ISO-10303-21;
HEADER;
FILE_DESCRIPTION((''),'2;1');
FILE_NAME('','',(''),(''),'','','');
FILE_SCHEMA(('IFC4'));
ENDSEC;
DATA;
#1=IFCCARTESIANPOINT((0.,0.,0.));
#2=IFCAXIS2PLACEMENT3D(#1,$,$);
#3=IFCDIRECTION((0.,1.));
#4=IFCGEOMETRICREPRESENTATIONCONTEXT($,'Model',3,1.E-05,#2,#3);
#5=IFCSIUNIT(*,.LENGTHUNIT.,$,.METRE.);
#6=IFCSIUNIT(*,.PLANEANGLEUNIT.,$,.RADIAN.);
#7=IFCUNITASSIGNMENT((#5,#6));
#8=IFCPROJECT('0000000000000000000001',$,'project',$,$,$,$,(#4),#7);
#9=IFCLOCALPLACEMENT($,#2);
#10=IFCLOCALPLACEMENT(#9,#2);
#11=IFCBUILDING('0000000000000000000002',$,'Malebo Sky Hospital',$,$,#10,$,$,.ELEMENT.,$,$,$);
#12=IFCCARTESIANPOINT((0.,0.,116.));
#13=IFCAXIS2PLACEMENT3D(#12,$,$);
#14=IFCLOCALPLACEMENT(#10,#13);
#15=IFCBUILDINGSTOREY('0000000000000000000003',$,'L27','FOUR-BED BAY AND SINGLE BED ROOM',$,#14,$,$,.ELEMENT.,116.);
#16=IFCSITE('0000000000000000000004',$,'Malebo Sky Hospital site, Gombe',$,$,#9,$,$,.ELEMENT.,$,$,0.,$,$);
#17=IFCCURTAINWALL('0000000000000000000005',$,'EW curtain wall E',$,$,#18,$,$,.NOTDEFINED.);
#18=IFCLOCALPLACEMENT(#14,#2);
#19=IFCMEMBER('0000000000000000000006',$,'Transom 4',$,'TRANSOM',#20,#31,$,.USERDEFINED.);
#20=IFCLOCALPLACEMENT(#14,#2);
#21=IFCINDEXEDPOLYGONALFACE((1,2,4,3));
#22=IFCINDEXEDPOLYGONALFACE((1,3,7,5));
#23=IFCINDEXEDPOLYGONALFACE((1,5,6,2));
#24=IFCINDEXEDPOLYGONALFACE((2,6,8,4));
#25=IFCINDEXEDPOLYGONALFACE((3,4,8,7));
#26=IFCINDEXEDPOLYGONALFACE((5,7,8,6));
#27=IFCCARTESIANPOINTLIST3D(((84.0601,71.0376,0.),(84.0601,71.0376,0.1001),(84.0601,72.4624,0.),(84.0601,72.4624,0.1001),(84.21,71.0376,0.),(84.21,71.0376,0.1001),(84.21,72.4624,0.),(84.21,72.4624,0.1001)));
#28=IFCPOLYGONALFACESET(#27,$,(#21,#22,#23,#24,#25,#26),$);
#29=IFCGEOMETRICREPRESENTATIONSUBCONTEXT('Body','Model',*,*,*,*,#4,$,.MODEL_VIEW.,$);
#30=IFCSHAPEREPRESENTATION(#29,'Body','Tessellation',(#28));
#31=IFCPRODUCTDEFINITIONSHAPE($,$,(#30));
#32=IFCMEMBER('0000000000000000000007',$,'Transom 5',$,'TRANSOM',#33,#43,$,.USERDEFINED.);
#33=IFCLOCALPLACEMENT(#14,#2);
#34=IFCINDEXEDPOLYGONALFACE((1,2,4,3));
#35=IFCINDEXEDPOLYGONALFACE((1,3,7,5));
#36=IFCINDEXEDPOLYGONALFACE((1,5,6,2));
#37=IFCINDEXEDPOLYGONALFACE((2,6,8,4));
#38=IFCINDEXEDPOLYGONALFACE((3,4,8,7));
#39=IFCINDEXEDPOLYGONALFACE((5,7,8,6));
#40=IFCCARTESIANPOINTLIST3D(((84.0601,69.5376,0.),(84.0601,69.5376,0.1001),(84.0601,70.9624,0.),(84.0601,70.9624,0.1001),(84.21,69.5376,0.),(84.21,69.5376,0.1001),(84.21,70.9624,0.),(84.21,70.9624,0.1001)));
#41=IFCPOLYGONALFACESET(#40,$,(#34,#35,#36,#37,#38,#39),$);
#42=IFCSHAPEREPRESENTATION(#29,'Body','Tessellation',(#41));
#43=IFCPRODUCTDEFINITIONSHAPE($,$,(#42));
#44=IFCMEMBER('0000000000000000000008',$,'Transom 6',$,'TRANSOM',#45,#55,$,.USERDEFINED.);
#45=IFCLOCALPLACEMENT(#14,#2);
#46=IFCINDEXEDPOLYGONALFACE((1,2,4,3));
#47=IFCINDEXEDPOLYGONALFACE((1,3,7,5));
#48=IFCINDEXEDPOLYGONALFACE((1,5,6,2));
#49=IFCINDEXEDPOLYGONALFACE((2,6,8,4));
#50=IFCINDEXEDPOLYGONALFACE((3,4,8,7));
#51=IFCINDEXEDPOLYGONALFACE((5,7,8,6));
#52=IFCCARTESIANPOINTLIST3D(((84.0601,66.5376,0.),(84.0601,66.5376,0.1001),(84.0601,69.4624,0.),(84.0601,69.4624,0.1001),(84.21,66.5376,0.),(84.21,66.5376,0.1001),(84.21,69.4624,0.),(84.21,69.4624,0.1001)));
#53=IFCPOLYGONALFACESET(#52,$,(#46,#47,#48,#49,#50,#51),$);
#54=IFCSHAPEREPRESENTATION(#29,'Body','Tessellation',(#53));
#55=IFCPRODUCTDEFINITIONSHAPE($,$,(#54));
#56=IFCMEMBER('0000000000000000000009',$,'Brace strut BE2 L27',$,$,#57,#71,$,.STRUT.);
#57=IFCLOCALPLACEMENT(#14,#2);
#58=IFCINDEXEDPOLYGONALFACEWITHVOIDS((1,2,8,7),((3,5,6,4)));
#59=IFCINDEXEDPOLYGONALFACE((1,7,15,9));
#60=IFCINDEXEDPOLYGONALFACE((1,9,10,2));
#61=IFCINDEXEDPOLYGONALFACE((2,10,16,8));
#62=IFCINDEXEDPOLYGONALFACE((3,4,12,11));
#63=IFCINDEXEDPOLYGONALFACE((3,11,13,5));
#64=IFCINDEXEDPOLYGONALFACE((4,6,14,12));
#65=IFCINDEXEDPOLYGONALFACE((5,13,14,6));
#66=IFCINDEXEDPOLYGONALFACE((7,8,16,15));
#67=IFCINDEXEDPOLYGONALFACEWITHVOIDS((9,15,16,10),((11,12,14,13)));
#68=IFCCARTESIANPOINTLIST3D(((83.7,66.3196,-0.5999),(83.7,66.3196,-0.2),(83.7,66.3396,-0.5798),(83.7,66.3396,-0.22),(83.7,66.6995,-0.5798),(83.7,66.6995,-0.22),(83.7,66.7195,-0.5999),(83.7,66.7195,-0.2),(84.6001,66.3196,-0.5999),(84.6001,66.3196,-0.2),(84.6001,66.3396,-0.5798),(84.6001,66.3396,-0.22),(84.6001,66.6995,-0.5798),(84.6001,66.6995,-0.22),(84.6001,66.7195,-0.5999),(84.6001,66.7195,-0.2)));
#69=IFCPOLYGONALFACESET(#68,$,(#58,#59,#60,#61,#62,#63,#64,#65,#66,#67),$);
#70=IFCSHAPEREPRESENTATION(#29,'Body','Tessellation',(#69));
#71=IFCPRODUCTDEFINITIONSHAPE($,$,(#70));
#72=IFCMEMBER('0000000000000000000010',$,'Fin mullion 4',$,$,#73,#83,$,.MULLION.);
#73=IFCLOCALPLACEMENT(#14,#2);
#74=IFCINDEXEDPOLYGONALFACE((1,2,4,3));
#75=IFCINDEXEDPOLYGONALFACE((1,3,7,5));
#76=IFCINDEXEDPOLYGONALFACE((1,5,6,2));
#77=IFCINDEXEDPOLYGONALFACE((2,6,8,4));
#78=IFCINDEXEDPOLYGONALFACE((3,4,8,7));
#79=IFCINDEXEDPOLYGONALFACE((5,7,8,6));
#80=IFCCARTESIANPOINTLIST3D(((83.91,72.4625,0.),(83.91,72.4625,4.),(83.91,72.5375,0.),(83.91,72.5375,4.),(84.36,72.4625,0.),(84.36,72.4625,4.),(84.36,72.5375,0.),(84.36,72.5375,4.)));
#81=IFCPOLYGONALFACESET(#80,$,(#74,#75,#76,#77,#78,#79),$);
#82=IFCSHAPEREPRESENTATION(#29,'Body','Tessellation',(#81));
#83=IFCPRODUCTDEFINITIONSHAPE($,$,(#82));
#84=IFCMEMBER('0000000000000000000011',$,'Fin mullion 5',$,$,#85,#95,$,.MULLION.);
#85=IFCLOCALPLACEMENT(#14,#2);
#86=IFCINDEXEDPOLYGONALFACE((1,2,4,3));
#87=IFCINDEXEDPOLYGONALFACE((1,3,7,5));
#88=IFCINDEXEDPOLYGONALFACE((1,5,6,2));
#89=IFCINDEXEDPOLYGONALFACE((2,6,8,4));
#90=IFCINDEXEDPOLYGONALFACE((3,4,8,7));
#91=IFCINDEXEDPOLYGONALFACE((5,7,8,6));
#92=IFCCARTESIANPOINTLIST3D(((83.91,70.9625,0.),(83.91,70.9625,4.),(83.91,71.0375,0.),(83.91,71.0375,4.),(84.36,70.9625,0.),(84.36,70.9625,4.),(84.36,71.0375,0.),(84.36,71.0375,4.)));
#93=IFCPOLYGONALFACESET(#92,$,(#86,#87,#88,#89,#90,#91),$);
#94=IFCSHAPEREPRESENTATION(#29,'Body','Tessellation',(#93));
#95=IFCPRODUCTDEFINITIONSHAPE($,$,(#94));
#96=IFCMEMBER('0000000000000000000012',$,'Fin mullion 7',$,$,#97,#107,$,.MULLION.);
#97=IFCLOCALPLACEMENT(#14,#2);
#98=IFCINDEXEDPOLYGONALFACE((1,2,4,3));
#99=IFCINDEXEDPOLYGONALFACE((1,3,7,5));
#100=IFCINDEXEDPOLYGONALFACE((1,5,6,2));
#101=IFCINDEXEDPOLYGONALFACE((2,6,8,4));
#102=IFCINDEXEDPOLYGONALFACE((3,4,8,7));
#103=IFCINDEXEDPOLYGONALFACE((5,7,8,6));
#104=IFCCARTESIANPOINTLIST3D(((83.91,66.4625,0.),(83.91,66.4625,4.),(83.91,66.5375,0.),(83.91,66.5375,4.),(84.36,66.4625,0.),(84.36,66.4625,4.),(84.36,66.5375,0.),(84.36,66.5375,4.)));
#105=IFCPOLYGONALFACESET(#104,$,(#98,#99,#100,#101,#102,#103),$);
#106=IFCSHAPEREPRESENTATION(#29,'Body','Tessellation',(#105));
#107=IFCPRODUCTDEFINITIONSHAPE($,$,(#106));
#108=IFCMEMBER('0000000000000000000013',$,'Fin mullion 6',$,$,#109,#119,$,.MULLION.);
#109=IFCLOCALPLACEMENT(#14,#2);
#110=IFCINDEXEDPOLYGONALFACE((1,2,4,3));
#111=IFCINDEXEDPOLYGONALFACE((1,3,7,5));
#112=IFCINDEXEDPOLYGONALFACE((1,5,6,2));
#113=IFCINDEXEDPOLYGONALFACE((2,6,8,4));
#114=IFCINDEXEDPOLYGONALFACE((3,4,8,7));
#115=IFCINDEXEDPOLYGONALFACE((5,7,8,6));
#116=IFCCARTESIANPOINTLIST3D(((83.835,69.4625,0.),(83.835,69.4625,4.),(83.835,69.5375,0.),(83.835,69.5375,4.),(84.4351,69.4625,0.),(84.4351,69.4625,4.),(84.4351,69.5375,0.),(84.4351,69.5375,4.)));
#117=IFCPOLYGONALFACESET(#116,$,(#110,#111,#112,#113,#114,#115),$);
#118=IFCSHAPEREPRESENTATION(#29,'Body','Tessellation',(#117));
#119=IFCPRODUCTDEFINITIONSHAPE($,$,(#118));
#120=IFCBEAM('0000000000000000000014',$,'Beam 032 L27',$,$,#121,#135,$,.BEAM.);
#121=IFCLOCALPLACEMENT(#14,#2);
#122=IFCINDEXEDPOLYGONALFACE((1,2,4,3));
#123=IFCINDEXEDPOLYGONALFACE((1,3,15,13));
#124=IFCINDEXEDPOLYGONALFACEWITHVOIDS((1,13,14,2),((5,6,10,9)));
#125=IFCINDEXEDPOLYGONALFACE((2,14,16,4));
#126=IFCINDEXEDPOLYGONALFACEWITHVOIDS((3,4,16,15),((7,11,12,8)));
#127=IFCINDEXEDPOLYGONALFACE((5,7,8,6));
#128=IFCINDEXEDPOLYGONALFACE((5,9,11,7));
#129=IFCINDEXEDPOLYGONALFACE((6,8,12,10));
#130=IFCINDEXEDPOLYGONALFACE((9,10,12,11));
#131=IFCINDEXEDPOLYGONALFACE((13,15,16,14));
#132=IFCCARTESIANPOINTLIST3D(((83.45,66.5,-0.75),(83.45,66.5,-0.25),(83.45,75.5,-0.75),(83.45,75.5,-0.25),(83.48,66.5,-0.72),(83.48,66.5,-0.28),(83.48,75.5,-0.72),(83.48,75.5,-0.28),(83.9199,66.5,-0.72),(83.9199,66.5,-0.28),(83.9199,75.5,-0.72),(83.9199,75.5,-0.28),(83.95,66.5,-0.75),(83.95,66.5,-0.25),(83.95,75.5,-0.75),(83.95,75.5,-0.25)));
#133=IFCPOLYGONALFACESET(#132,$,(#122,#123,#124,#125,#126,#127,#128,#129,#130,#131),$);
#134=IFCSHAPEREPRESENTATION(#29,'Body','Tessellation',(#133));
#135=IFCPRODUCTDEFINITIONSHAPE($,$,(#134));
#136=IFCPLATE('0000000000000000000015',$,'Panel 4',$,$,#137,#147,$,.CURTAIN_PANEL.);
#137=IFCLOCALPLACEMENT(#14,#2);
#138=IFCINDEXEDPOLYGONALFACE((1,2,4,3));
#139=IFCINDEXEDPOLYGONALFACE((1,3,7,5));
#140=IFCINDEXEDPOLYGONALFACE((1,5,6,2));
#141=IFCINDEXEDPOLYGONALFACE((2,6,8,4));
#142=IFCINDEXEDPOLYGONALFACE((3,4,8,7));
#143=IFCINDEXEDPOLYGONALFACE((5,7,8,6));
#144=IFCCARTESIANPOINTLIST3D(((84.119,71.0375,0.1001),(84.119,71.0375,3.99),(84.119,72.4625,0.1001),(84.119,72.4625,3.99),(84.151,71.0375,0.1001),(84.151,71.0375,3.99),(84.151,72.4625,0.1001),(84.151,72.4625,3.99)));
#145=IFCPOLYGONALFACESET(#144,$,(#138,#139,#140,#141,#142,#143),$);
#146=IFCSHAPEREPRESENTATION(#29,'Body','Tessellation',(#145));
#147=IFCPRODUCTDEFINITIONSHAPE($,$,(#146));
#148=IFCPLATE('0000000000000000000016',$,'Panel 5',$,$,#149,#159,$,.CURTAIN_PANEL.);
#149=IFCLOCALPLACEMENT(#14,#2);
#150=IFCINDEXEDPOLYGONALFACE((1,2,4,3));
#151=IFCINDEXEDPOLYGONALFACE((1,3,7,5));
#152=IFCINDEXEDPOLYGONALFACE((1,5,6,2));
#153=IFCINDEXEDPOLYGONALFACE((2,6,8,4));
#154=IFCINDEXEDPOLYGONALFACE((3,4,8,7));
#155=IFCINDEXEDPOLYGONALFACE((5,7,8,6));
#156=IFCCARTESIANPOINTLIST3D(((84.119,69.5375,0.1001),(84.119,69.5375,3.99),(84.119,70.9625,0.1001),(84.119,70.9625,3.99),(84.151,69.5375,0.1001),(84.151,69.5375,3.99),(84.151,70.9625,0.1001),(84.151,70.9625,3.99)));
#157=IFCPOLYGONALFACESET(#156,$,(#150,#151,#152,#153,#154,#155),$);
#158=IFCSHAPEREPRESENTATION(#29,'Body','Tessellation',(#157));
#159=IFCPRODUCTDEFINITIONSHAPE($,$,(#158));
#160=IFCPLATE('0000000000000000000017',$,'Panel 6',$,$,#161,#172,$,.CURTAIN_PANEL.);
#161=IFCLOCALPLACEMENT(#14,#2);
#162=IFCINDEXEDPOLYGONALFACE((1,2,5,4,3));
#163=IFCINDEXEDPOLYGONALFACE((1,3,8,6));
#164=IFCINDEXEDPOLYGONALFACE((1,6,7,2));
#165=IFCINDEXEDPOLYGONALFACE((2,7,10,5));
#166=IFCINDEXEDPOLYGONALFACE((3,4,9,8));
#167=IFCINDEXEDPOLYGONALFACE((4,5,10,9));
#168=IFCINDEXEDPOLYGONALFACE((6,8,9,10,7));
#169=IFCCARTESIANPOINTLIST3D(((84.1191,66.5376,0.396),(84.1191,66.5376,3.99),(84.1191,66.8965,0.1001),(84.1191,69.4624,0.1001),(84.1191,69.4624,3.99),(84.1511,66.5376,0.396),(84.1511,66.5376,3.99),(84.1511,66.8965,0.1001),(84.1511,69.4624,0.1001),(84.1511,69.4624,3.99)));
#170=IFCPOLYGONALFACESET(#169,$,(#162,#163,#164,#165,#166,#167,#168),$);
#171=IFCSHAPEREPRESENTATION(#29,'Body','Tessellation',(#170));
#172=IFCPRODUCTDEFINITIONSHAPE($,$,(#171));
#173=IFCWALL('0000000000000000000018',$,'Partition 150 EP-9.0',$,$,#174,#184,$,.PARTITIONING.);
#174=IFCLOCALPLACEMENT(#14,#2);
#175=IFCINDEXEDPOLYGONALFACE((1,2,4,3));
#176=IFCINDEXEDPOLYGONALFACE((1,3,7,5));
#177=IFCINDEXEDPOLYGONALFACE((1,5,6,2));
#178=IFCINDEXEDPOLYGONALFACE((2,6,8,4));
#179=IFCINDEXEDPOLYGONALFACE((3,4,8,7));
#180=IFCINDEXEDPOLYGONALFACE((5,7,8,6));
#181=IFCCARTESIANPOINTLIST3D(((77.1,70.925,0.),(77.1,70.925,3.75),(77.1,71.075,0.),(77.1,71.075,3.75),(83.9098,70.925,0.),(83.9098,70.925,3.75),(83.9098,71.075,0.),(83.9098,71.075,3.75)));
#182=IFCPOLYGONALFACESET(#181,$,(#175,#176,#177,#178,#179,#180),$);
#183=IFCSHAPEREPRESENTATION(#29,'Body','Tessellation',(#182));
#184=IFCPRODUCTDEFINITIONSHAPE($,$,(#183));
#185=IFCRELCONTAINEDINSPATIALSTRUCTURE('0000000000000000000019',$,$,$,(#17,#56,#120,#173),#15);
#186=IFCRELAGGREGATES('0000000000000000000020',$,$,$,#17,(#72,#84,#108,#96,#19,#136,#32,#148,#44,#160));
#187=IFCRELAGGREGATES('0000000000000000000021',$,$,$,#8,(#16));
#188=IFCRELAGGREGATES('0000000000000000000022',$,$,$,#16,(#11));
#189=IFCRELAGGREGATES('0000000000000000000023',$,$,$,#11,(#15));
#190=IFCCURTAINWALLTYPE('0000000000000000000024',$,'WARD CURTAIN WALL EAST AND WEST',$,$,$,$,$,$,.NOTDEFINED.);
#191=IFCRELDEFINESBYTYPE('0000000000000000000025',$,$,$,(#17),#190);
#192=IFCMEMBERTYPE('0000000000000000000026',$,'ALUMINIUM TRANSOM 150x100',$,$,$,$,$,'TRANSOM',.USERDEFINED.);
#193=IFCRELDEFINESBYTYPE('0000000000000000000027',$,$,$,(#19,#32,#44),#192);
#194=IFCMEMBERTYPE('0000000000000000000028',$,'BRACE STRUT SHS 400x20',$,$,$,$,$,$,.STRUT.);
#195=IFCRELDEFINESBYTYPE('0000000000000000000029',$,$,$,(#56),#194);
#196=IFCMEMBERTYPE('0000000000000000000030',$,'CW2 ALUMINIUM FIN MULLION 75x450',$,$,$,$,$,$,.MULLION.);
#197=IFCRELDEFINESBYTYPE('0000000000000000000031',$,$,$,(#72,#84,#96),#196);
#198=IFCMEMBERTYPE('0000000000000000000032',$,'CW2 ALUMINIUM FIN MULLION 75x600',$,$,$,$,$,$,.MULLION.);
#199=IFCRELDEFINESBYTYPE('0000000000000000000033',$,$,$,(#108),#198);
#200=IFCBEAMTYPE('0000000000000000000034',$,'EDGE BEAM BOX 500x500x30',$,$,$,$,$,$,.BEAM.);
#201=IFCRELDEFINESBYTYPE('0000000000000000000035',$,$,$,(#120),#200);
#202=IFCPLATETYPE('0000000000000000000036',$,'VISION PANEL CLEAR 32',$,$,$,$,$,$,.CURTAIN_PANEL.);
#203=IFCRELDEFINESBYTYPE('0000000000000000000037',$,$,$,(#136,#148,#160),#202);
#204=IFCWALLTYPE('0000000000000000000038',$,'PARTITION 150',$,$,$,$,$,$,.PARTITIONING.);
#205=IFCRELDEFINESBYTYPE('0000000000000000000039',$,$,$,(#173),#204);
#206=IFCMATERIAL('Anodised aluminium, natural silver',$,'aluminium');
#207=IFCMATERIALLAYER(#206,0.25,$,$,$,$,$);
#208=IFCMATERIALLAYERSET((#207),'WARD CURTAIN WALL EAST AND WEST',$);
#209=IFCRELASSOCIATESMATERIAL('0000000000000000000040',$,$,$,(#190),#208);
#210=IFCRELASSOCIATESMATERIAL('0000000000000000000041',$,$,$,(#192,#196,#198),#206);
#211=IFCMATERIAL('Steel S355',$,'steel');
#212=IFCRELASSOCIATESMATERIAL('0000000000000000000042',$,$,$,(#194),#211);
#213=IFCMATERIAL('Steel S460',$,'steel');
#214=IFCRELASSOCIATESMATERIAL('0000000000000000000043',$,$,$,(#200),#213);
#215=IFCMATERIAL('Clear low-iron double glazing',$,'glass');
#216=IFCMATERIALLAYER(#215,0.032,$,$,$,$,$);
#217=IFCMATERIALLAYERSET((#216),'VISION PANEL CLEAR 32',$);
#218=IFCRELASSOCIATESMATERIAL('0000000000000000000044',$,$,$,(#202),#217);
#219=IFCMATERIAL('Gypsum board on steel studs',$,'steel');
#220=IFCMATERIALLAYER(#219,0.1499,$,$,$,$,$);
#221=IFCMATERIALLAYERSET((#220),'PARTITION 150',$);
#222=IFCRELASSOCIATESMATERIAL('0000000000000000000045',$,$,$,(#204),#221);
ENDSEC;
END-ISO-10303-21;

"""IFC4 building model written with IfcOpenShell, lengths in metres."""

from ifc_helpers import new_model, si_unit, direction, frame, frame_2d, origin, origin_2d, place, context, subcontext, project, spatial, polyline, rectangle, hollow_rectangle, outline, extrude, material, layer, layer_set, material_profile, profile_set, type_object, element, aggregate, save


model = new_model("IFC4")

# Units and contexts
model_context = context("Model", 3, precision=1e-05, world=origin(), true_north=direction((0.0, 1.0)))
body_context = subcontext(model_context, "Body", "Model", "MODEL_VIEW")
ifc_project = project(units=[si_unit("LENGTHUNIT", "METRE"), si_unit("PLANEANGLEUNIT", "RADIAN")], contexts=[model_context])

# Site, building, storey
site_placement = place(None, origin())
site = spatial("IfcSite", under=ifc_project, at=site_placement, Name="Malebo Sky Hospital site, Gombe", CompositionType="ELEMENT", RefElevation=0.0)
building_placement = place(site_placement, origin())
building = spatial("IfcBuilding", under=site, at=building_placement, Name="Malebo Sky Hospital", CompositionType="ELEMENT")
storey_placement = place(building_placement, frame((0.0, 0.0, 116.0)))
storey = spatial("IfcBuildingStorey", under=building, at=storey_placement, Name="L27", Description="FOUR-BED BAY AND SINGLE BED ROOM", CompositionType="ELEMENT", Elevation=116.0)

# Curtain wall, members
ifc_material_1 = material(Name="Anodised aluminium, natural silver", Category="aluminium")
ifc_layer_1 = layer(ifc_material_1, 0.25)
ifc_layer_set_1 = layer_set([ifc_layer_1], Name="WARD CURTAIN WALL EAST AND WEST")
curtain_wall_type = type_object("IfcCurtainWallType", Name="WARD CURTAIN WALL EAST AND WEST", PredefinedType="NOTDEFINED", material=ifc_layer_set_1)
curtain_wall_placement = place(storey_placement, origin())
curtain_wall = element("IfcCurtainWall", 1, at=curtain_wall_placement, inside=storey, type_object=curtain_wall_type, Name="EW curtain wall E", PredefinedType="NOTDEFINED")
ifc_material_profile_1 = material_profile(ifc_material_1, rectangle(XDim=0.1499, YDim=0.1001, at=origin_2d()), Name="ALUMINIUM TRANSOM 150x100")
ifc_profile_set_1 = profile_set([ifc_material_profile_1], Name="Anodised aluminium, natural silver")
member_type_1 = type_object("IfcMemberType", Name="ALUMINIUM TRANSOM 150x100", ElementType="TRANSOM", PredefinedType="USERDEFINED", material=ifc_profile_set_1)
member_1_placement = place(storey_placement, frame((84.135, 72.4624, 0.05), z_axis=(0.0, -1.0, 0.0), x_axis=(1.0, 0.0, 0.0)))
member_1 = element("IfcMember", 2, at=member_1_placement, type_object=member_type_1, Name="Transom 4", ObjectType="TRANSOM", PredefinedType="USERDEFINED", context=body_context, shape_type="SweptSolid", body=[
    extrude(rectangle(XDim=0.1499, YDim=0.1001, at=origin_2d()), origin(), (0.0, 0.0, 1.0), 1.4248),
])
member_2_placement = place(storey_placement, frame((84.135, 70.9624, 0.05), z_axis=(0.0, -1.0, 0.0), x_axis=(1.0, 0.0, 0.0)))
member_2 = element("IfcMember", 3, at=member_2_placement, type_object=member_type_1, Name="Transom 5", ObjectType="TRANSOM", PredefinedType="USERDEFINED", context=body_context, shape_type="SweptSolid", body=[
    extrude(rectangle(XDim=0.1499, YDim=0.1001, at=origin_2d()), origin(), (0.0, 0.0, 1.0), 1.4248),
])
member_3_placement = place(storey_placement, frame((84.135, 69.4624, 0.05), z_axis=(0.0, -1.0, 0.0), x_axis=(1.0, 0.0, 0.0)))
member_3 = element("IfcMember", 4, at=member_3_placement, type_object=member_type_1, Name="Transom 6", ObjectType="TRANSOM", PredefinedType="USERDEFINED", context=body_context, shape_type="SweptSolid", body=[
    extrude(rectangle(XDim=0.1499, YDim=0.1001, at=origin_2d()), origin(), (0.0, 0.0, 1.0), 2.9248),
])

# Members
ifc_material_2 = material(Name="Steel S355", Category="steel")
ifc_material_profile_2 = material_profile(ifc_material_2, hollow_rectangle(XDim=0.3999, YDim=0.3999, WallThickness=0.02, at=origin_2d()), Name="SHS 400x20")
ifc_profile_set_2 = profile_set([ifc_material_profile_2], Name="Steel S355")
member_type_2 = type_object("IfcMemberType", Name="BRACE STRUT SHS 400x20", PredefinedType="STRUT", material=ifc_profile_set_2)
member_4_placement = place(storey_placement, frame((84.6001, 66.5195, -0.3999), z_axis=(-1.0, 0.0, 0.0), x_axis=(0.0, -1.0, 0.0)))
element("IfcMember", 5, at=member_4_placement, inside=storey, type_object=member_type_2, Name="Brace strut BE2 L27", PredefinedType="STRUT", context=body_context, shape_type="SweptSolid", body=[
    extrude(hollow_rectangle(XDim=0.3999, YDim=0.3999, WallThickness=0.02, at=origin_2d()), origin(), (0.0, 0.0, 1.0), 0.9001),
])
ifc_material_profile_3 = material_profile(ifc_material_1, rectangle(XDim=0.075, YDim=0.45, at=origin_2d()), Name="CW2 ALUMINIUM FIN MULLION 75x450")
ifc_profile_set_3 = profile_set([ifc_material_profile_3], Name="Anodised aluminium, natural silver")
member_type_3 = type_object("IfcMemberType", Name="CW2 ALUMINIUM FIN MULLION 75x450", PredefinedType="MULLION", material=ifc_profile_set_3)
member_5_placement = place(storey_placement, frame((84.135, 72.5, 0.0), z_axis=(0.0, 0.0, 1.0), x_axis=(0.0, -1.0, 0.0)))
member_5 = element("IfcMember", 6, at=member_5_placement, type_object=member_type_3, Name="Fin mullion 4", PredefinedType="MULLION", context=body_context, shape_type="SweptSolid", body=[
    extrude(rectangle(XDim=0.075, YDim=0.45, at=origin_2d()), origin(), (0.0, 0.0, 1.0), 4.0),
])
member_6_placement = place(storey_placement, frame((84.135, 71.0, 0.0), z_axis=(0.0, 0.0, 1.0), x_axis=(0.0, -1.0, 0.0)))
member_6 = element("IfcMember", 7, at=member_6_placement, type_object=member_type_3, Name="Fin mullion 5", PredefinedType="MULLION", context=body_context, shape_type="SweptSolid", body=[
    extrude(rectangle(XDim=0.075, YDim=0.45, at=origin_2d()), origin(), (0.0, 0.0, 1.0), 4.0),
])
member_7_placement = place(storey_placement, frame((84.135, 66.5, 0.0), z_axis=(0.0, 0.0, 1.0), x_axis=(0.0, -1.0, 0.0)))
member_7 = element("IfcMember", 8, at=member_7_placement, type_object=member_type_3, Name="Fin mullion 7", PredefinedType="MULLION", context=body_context, shape_type="SweptSolid", body=[
    extrude(rectangle(XDim=0.075, YDim=0.45, at=origin_2d()), origin(), (0.0, 0.0, 1.0), 4.0),
])
ifc_material_profile_4 = material_profile(ifc_material_1, rectangle(XDim=0.075, YDim=0.6001, at=origin_2d()), Name="CW2 ALUMINIUM FIN MULLION 75x600")
ifc_profile_set_4 = profile_set([ifc_material_profile_4], Name="Anodised aluminium, natural silver")
member_type_4 = type_object("IfcMemberType", Name="CW2 ALUMINIUM FIN MULLION 75x600", PredefinedType="MULLION", material=ifc_profile_set_4)
member_8_placement = place(storey_placement, frame((84.135, 69.5, 0.0), z_axis=(0.0, 0.0, 1.0), x_axis=(0.0, -1.0, 0.0)))
member_8 = element("IfcMember", 9, at=member_8_placement, type_object=member_type_4, Name="Fin mullion 6", PredefinedType="MULLION", context=body_context, shape_type="SweptSolid", body=[
    extrude(rectangle(XDim=0.075, YDim=0.6001, at=origin_2d()), origin(), (0.0, 0.0, 1.0), 4.0),
])

# Beam
ifc_material_3 = material(Name="Steel S460", Category="steel")
ifc_material_profile_5 = material_profile(ifc_material_3, hollow_rectangle(XDim=0.5, YDim=0.5, WallThickness=0.03, at=origin_2d()), Name="BOX 500x500x30")
ifc_profile_set_5 = profile_set([ifc_material_profile_5], Name="Steel S460")
beam_type = type_object("IfcBeamType", Name="EDGE BEAM BOX 500x500x30", PredefinedType="BEAM", material=ifc_profile_set_5)
beam_placement = place(storey_placement, frame((83.7, 66.5, -0.5), z_axis=(0.0, 1.0, 0.0), x_axis=(-1.0, 0.0, 0.0)))
element("IfcBeam", 10, at=beam_placement, inside=storey, type_object=beam_type, Name="Beam 032 L27", PredefinedType="BEAM", context=body_context, shape_type="SweptSolid", body=[
    extrude(hollow_rectangle(XDim=0.5, YDim=0.5, WallThickness=0.03, at=origin_2d()), origin(), (0.0, 0.0, 1.0), 9.0),
])

# Plates
ifc_material_4 = material(Name="Clear low-iron double glazing", Category="glass")
ifc_layer_2 = layer(ifc_material_4, 0.032)
ifc_layer_set_2 = layer_set([ifc_layer_2], Name="VISION PANEL CLEAR 32")
plate_type = type_object("IfcPlateType", Name="VISION PANEL CLEAR 32", PredefinedType="CURTAIN_PANEL", material=ifc_layer_set_2)
plate_1_placement = place(storey_placement, frame((84.135, 71.75, 0.1001), z_axis=(0.0, 0.0, 1.0), x_axis=(0.0, -1.0, 0.0)))
plate_1 = element("IfcPlate", 11, at=plate_1_placement, type_object=plate_type, Name="Panel 4", PredefinedType="CURTAIN_PANEL", context=body_context, shape_type="SweptSolid", body=[
    extrude(rectangle(XDim=1.425, YDim=0.032, at=origin_2d()), origin(), (0.0, 0.0, 1.0), 3.8899),
])
plate_2_placement = place(storey_placement, frame((84.135, 70.25, 0.1001), z_axis=(0.0, 0.0, 1.0), x_axis=(0.0, -1.0, 0.0)))
plate_2 = element("IfcPlate", 12, at=plate_2_placement, type_object=plate_type, Name="Panel 5", PredefinedType="CURTAIN_PANEL", context=body_context, shape_type="SweptSolid", body=[
    extrude(rectangle(XDim=1.425, YDim=0.032, at=origin_2d()), origin(), (0.0, 0.0, 1.0), 3.8899),
])
plate_3_placement = place(storey_placement, frame((84.135, 68.0, 0.1001), z_axis=(0.0, 0.0, 1.0), x_axis=(0.0, -1.0, 0.0)))
plate_3 = element("IfcPlate", 13, at=plate_3_placement, type_object=plate_type, Name="Panel 6", PredefinedType="CURTAIN_PANEL", context=body_context, shape_type="SweptSolid", body=[
    extrude(outline(polyline([(-1.4624, 0.0), (1.1035, 0.0), (1.4624, 0.2959), (1.4624, 3.8899), (-1.4624, 3.8899), (-1.4624, 0.0)])), frame((0.0, 0.0161, 0.0), z_axis=(0.0, -1.0, 0.0), x_axis=(1.0, 0.0, 0.0)), (0.0, 0.0, 1.0), 0.032),
])
aggregate(curtain_wall, [member_5, member_6, member_8, member_7, member_1, plate_1, member_2, plate_2, member_3, plate_3])

# Wall
ifc_material_5 = material(Name="Gypsum board on steel studs", Category="steel")
ifc_layer_3 = layer(ifc_material_5, 0.1499)
ifc_layer_set_3 = layer_set([ifc_layer_3], Name="PARTITION 150")
wall_type = type_object("IfcWallType", Name="PARTITION 150", PredefinedType="PARTITIONING", material=ifc_layer_set_3)
wall_1_placement = place(storey_placement, frame((77.1001, 71.0, 0.0), z_axis=(0.0, 0.0, 1.0), x_axis=(1.0, 0.0, 0.0)))
element("IfcWall", 14, at=wall_1_placement, inside=storey, type_object=wall_type, Name="Partition 150 EP-9.0", PredefinedType="PARTITIONING", context=body_context, shape_type="SweptSolid", body=[
    extrude(rectangle(XDim=6.8098, YDim=0.1499, at=frame_2d((3.4048, 0.0))), origin(), (0.0, 0.0, 1.0), 3.75),
])

save(model, "model.ifc")
